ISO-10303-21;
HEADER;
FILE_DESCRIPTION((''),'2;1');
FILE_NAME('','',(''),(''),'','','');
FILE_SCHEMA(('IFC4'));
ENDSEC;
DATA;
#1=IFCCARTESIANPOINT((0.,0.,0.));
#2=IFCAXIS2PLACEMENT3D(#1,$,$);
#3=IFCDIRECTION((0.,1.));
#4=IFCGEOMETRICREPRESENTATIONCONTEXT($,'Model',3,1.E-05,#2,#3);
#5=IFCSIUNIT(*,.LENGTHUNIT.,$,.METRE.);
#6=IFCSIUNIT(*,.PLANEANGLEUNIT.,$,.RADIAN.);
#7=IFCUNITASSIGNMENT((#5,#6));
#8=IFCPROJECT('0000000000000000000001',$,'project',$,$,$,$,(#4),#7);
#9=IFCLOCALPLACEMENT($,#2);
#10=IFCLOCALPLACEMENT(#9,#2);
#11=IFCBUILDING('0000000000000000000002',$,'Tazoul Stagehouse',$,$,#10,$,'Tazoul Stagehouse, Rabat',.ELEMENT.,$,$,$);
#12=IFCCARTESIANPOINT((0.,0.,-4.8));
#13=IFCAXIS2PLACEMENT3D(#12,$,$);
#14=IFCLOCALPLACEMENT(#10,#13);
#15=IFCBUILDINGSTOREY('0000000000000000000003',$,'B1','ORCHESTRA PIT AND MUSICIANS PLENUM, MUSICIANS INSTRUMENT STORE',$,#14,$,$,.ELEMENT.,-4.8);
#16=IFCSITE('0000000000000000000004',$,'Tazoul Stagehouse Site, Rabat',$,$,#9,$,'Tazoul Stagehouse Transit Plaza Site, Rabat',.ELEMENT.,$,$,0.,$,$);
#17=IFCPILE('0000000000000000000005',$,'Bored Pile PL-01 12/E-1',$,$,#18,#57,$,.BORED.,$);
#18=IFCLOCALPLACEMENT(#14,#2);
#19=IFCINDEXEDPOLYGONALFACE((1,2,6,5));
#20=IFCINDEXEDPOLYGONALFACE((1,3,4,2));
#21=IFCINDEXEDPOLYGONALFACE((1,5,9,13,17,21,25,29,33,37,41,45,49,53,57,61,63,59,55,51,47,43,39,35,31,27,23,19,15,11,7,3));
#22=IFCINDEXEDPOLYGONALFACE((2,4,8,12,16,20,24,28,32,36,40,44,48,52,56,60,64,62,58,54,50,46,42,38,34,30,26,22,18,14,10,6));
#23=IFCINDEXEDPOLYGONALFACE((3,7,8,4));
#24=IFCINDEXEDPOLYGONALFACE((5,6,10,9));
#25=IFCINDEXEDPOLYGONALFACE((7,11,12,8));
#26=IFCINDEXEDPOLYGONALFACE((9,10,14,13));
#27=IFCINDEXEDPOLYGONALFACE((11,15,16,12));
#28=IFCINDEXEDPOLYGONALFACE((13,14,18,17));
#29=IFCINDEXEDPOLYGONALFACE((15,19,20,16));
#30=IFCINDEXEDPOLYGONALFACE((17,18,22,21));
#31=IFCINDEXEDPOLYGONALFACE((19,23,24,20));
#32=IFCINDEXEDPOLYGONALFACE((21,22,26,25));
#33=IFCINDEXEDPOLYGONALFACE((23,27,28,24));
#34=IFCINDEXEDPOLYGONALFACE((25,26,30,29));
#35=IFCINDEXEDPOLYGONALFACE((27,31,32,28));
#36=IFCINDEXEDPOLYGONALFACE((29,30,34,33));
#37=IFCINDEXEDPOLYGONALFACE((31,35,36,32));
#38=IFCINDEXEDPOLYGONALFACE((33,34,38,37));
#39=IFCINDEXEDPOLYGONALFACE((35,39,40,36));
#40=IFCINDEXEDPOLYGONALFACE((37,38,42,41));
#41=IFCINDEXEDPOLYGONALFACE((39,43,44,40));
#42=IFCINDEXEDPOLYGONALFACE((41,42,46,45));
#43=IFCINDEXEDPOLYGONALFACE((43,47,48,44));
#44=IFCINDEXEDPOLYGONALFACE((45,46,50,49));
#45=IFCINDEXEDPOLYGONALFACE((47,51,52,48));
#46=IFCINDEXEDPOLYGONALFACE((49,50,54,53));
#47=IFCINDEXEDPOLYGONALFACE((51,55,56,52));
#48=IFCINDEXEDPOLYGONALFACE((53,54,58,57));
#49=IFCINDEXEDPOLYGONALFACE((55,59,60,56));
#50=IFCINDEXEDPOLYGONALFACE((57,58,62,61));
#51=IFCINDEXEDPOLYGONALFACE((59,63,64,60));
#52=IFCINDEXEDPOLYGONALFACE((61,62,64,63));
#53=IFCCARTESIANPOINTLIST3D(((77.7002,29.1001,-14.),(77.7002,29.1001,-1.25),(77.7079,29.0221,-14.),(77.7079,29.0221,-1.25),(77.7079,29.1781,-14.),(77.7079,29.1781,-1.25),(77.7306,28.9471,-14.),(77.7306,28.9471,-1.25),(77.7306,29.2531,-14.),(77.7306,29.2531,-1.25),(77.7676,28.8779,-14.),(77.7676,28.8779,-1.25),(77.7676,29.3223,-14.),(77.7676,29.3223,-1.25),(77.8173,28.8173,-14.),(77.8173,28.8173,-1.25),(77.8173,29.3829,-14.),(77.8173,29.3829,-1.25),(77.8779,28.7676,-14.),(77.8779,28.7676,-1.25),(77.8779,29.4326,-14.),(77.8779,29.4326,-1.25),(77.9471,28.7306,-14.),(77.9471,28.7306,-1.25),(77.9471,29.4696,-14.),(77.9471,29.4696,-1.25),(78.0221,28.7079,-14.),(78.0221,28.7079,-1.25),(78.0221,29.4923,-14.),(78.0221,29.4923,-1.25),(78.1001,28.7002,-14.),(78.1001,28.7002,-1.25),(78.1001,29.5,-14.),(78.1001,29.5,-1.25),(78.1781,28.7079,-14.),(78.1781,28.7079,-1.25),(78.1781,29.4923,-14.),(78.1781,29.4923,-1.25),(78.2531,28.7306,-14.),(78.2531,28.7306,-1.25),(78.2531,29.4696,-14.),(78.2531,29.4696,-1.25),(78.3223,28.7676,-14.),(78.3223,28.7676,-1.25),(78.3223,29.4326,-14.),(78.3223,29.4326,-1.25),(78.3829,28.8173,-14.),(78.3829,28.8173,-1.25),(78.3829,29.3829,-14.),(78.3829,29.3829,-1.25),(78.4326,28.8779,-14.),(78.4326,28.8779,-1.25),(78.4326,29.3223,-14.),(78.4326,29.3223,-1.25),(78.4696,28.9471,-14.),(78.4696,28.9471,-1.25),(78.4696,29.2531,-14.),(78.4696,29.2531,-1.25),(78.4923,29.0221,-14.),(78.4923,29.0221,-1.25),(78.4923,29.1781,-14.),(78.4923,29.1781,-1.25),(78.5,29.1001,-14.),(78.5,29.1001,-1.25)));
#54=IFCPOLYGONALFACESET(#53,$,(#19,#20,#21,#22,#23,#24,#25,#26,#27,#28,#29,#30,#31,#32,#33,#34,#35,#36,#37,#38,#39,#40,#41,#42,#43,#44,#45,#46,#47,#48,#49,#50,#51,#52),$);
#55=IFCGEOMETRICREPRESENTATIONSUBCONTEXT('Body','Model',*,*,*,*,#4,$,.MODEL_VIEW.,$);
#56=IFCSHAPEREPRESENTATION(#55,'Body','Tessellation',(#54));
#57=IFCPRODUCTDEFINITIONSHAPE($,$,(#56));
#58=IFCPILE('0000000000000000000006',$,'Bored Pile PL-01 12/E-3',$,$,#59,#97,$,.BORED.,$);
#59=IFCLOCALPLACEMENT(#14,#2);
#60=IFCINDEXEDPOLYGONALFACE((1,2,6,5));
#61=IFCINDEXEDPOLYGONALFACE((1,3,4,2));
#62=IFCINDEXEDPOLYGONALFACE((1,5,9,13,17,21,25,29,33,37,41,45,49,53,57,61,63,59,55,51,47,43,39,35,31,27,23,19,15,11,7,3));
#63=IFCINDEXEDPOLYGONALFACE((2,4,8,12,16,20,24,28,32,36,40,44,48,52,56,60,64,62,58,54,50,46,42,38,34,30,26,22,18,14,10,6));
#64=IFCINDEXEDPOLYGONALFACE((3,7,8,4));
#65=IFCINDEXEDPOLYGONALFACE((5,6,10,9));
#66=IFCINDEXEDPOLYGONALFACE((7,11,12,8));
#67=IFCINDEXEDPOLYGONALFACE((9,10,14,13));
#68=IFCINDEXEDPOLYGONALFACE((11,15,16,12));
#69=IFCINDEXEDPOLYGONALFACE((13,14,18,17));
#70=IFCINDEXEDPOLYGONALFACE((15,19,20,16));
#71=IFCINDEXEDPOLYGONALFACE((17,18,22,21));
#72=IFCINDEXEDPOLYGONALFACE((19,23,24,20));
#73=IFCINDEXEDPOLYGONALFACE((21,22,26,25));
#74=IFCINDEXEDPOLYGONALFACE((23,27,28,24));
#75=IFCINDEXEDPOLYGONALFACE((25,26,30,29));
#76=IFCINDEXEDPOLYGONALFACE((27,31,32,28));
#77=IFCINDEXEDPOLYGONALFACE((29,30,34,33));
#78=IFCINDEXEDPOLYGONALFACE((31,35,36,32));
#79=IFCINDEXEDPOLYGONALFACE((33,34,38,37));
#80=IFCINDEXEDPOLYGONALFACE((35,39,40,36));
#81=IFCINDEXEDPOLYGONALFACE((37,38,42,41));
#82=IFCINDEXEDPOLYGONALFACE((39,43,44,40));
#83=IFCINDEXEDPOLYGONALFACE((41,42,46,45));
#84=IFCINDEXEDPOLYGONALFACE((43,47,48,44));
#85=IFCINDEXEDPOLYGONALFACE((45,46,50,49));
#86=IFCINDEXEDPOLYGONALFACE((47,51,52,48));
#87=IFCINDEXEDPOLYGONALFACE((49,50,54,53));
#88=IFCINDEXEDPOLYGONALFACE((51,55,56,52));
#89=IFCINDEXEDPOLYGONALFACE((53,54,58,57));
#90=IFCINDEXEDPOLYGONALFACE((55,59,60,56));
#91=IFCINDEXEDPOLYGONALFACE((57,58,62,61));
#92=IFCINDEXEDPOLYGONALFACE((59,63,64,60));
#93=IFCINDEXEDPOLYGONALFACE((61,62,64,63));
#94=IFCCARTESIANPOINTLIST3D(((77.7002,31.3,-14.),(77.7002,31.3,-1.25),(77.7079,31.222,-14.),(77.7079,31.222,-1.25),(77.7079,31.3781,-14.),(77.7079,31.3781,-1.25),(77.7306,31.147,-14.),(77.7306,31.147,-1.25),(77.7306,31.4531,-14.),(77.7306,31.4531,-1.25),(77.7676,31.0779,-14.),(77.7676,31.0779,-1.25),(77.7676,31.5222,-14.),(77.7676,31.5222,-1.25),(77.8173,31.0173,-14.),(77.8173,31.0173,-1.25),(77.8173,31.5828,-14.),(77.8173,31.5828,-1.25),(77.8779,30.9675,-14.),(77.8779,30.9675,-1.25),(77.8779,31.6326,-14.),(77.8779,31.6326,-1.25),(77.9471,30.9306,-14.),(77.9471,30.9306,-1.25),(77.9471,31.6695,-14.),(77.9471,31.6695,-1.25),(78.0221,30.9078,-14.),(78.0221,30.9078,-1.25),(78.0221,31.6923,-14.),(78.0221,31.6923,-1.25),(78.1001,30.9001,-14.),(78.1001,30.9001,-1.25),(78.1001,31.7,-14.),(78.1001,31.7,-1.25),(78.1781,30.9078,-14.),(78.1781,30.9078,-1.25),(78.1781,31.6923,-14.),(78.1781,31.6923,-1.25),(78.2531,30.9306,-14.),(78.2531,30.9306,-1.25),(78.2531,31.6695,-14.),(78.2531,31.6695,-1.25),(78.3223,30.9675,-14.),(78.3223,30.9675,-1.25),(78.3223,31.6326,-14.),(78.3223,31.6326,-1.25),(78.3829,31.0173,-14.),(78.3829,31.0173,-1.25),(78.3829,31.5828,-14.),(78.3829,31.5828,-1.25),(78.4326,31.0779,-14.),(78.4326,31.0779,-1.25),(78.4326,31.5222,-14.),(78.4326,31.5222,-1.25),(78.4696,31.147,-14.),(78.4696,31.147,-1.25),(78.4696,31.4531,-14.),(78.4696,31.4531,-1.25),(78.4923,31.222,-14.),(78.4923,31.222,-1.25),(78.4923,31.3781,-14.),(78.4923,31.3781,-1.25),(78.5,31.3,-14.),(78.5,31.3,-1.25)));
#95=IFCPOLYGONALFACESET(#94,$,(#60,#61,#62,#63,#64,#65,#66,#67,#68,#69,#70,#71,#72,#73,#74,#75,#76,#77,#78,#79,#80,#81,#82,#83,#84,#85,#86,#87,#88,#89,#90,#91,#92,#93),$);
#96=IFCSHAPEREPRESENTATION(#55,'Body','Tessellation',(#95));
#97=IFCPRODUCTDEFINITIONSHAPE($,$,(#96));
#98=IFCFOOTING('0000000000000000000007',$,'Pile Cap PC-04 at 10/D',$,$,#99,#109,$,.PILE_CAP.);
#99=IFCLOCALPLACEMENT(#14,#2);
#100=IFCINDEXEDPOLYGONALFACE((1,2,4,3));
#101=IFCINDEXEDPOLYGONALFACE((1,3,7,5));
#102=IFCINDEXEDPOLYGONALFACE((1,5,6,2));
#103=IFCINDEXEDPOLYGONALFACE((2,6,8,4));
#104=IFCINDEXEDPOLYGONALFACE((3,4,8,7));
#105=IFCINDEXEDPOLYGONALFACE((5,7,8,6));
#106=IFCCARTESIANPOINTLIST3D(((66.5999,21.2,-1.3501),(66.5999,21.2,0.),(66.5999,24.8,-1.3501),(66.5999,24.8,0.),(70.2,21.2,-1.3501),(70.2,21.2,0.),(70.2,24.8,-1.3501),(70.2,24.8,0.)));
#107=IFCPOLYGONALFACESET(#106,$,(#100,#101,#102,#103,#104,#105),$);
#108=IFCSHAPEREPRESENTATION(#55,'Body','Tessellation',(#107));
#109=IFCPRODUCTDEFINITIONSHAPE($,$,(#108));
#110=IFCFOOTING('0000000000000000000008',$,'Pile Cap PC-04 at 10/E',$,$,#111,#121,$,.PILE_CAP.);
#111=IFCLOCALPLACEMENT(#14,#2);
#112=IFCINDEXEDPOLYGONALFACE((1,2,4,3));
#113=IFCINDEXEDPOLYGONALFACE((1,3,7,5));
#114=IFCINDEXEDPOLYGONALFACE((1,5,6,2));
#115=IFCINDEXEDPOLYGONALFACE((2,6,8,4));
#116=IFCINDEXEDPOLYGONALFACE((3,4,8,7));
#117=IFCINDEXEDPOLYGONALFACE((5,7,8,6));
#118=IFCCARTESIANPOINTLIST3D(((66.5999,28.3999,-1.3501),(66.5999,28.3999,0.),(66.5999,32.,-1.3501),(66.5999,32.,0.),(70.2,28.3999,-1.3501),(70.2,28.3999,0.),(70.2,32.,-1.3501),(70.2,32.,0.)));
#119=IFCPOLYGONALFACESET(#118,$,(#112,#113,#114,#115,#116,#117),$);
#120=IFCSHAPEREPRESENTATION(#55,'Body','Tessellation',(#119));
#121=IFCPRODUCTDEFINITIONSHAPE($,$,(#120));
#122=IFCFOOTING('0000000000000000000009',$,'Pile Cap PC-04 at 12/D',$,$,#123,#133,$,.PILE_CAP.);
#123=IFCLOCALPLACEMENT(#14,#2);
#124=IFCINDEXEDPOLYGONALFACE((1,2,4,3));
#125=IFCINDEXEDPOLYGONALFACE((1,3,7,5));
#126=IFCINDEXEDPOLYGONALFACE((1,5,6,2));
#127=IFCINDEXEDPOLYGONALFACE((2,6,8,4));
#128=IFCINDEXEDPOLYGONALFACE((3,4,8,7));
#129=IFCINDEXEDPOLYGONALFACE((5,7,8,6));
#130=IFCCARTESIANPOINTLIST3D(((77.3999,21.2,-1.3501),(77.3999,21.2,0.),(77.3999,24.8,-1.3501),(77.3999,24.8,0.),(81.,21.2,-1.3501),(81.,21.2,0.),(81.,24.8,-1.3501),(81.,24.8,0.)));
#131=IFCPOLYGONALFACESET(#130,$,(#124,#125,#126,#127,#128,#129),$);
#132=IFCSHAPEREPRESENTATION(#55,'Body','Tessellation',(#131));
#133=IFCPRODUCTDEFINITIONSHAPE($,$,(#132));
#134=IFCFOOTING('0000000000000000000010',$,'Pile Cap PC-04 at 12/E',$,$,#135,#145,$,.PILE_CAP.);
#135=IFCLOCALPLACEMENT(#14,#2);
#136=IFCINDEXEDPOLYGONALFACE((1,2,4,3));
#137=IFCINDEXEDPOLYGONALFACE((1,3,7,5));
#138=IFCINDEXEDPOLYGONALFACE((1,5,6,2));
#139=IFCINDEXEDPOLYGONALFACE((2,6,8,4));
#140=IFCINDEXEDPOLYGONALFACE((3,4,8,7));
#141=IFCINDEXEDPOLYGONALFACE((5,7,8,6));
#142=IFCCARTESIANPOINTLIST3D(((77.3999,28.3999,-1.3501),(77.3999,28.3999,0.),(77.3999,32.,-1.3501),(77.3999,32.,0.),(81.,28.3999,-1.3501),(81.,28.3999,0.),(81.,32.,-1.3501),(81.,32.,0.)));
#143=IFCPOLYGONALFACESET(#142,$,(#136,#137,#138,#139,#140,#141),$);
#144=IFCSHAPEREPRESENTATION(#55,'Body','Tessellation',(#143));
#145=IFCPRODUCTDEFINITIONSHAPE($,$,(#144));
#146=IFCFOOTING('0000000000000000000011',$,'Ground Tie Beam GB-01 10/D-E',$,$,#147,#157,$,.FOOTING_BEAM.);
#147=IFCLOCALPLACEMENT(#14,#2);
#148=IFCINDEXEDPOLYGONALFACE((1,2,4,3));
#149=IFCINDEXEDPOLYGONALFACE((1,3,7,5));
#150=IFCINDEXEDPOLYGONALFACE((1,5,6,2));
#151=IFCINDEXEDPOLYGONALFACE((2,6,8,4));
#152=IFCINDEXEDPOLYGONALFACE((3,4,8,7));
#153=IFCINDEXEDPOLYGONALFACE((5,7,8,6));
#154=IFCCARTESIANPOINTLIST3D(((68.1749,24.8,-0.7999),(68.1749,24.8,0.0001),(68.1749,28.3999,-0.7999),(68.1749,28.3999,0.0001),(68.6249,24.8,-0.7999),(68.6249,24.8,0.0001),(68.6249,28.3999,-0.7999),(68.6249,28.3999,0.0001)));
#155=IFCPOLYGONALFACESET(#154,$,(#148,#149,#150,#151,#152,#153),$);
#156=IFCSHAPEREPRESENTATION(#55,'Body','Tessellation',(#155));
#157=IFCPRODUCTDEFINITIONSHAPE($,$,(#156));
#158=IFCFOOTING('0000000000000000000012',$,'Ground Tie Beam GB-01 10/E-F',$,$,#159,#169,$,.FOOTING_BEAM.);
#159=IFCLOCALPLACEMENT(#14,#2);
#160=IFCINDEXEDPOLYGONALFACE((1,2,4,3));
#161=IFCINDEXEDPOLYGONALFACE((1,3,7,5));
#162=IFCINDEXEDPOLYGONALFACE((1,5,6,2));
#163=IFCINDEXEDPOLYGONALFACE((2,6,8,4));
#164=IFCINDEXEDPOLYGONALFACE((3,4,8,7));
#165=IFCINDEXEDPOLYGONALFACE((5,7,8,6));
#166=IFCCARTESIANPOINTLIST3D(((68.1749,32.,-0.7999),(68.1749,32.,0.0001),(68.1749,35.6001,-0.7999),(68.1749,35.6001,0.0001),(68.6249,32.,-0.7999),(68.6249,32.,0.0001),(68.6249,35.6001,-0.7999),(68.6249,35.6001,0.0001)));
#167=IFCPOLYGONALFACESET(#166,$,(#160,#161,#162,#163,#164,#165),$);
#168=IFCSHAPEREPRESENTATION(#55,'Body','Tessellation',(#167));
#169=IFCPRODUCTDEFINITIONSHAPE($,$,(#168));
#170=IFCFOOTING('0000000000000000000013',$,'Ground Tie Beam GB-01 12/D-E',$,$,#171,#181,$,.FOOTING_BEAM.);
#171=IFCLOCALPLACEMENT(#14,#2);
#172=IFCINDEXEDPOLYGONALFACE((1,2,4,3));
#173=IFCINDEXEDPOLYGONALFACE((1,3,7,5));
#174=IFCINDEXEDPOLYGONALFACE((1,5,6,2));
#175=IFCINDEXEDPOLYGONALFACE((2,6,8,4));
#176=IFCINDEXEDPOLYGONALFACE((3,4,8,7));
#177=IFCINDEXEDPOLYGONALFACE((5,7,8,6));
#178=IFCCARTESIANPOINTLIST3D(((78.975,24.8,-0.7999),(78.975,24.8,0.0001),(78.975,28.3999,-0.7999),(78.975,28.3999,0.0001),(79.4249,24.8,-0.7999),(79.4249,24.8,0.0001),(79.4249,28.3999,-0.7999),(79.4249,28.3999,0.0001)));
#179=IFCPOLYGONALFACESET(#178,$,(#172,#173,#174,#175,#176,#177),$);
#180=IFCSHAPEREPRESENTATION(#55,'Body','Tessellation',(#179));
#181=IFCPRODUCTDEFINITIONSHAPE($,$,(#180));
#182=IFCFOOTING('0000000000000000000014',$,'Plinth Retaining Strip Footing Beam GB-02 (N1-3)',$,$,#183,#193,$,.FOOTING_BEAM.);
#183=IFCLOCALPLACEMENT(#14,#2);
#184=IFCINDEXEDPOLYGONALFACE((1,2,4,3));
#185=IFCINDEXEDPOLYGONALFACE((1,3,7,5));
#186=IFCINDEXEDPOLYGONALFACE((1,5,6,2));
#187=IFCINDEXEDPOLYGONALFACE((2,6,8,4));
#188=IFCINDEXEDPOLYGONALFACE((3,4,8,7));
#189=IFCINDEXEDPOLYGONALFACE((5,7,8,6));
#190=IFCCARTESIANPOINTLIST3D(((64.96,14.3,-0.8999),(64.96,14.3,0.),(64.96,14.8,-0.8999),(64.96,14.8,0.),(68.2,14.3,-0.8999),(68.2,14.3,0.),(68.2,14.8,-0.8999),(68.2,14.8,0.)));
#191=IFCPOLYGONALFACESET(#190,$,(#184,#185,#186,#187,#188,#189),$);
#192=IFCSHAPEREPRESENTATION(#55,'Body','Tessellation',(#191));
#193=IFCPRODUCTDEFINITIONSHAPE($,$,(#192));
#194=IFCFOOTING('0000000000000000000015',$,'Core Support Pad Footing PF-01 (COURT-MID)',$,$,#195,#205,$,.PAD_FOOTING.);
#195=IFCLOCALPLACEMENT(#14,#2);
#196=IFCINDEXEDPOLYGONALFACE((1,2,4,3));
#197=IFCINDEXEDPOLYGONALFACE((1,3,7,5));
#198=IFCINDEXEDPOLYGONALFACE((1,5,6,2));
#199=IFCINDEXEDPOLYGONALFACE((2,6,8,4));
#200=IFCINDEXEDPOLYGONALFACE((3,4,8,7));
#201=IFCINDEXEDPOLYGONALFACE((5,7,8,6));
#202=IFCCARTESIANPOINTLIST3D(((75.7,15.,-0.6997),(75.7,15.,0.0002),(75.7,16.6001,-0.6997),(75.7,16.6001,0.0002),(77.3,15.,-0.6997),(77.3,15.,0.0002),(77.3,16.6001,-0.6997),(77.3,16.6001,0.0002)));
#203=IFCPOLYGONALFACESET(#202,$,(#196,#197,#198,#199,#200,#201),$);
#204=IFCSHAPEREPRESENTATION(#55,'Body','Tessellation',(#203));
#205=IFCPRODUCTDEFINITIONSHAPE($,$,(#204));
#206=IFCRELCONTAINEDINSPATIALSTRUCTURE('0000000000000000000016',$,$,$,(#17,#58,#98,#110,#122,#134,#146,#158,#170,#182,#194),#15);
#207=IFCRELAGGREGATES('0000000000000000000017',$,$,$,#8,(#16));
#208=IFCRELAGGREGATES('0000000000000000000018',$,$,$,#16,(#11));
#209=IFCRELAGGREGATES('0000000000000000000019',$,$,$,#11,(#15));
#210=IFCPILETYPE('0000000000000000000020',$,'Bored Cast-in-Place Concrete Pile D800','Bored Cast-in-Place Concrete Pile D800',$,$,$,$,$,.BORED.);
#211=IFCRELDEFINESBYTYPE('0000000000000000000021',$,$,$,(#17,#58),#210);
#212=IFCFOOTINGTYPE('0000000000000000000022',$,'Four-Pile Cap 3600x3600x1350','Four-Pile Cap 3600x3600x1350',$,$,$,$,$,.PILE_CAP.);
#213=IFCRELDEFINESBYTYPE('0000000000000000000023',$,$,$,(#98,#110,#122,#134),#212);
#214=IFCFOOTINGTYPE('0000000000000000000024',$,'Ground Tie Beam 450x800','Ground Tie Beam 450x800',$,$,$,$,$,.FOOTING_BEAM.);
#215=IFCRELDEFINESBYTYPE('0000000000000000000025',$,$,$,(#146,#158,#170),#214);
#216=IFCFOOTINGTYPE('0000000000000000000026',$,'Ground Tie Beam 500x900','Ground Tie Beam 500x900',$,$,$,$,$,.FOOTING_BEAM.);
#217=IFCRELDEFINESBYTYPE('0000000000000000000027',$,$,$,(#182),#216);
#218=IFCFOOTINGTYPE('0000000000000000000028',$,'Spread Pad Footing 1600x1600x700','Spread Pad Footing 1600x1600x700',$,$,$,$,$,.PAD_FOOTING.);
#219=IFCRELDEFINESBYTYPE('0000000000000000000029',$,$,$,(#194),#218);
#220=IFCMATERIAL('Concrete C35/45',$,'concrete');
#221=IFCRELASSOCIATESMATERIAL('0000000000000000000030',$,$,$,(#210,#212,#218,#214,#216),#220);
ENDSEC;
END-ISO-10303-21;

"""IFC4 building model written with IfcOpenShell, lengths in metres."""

from ifc_helpers import new_model, si_unit, direction, frame, origin, origin_2d, place, context, subcontext, project, spatial, rectangle, circle, extrude, material, material_profile, profile_set, type_object, element, save


model = new_model("IFC4")

# Units and contexts
model_context = context("Model", 3, precision=1e-05, world=origin(), true_north=direction((0.0, 1.0)))
body_context = subcontext(model_context, "Body", "Model", "MODEL_VIEW")
ifc_project = project(units=[si_unit("LENGTHUNIT", "METRE"), si_unit("PLANEANGLEUNIT", "RADIAN")], contexts=[model_context])

# Site, building, storey
site_placement = place(None, origin())
site = spatial("IfcSite", under=ifc_project, at=site_placement, Name="Tazoul Stagehouse Site, Rabat", LongName="Tazoul Stagehouse Transit Plaza Site, Rabat", CompositionType="ELEMENT", RefElevation=0.0)
building_placement = place(site_placement, origin())
building = spatial("IfcBuilding", under=site, at=building_placement, Name="Tazoul Stagehouse", LongName="Tazoul Stagehouse, Rabat", CompositionType="ELEMENT")
storey_placement = place(building_placement, frame((0.0, 0.0, -4.8)))
storey = spatial("IfcBuildingStorey", under=building, at=storey_placement, Name="B1", Description="ORCHESTRA PIT AND MUSICIANS PLENUM, MUSICIANS INSTRUMENT STORE", CompositionType="ELEMENT", Elevation=-4.8)

# Piles
ifc_material_1 = material(Name="Concrete C35/45", Category="concrete")
ifc_material_profile_1 = material_profile(ifc_material_1, circle(Radius=0.3999, at=origin_2d()), Name="BORED PILE 800")
ifc_profile_set_1 = profile_set([ifc_material_profile_1], Name="Concrete C35/45")
pile_type = type_object("IfcPileType", Name="Bored Cast-in-Place Concrete Pile D800", Description="Bored Cast-in-Place Concrete Pile D800", PredefinedType="BORED", material=ifc_profile_set_1)
for number, where, z_axis, x_axis, name in (
    (1, (78.1001, 29.1001, -1.25), (0.0, 0.0, -1.0), (1.0, 0.0, 0.0), "Bored Pile PL-01 12/E-1"),
    (2, (78.1001, 31.3, -1.25), (0.0, 0.0, -1.0), (1.0, 0.0, 0.0), "Bored Pile PL-01 12/E-3"),
):
    element("IfcPile", number, at=place(storey_placement, frame(where, z_axis=z_axis, x_axis=x_axis)), inside=storey, type_object=pile_type, Name=name, PredefinedType="BORED", context=body_context, shape_type="SweptSolid", body=[
        extrude(circle(Radius=0.3999, at=origin_2d()), origin(), (0.0, 0.0, 1.0), 12.75),
    ])

# Footings
footing_type_1 = type_object("IfcFootingType", Name="Four-Pile Cap 3600x3600x1350", Description="Four-Pile Cap 3600x3600x1350", PredefinedType="PILE_CAP", material=ifc_material_1)
for number, where, z_axis, x_axis, name in (
    (3, (68.3999, 23.0, -1.3501), (0.0, 0.0, 1.0), (1.0, 0.0, 0.0), "Pile Cap PC-04 at 10/D"),
    (4, (68.3999, 30.2, -1.3501), (0.0, 0.0, 1.0), (1.0, 0.0, 0.0), "Pile Cap PC-04 at 10/E"),
    (5, (79.2, 23.0, -1.3501), (0.0, 0.0, 1.0), (1.0, 0.0, 0.0), "Pile Cap PC-04 at 12/D"),
    (6, (79.2, 30.2, -1.3501), (0.0, 0.0, 1.0), (1.0, 0.0, 0.0), "Pile Cap PC-04 at 12/E"),
):
    element("IfcFooting", number, at=place(storey_placement, frame(where, z_axis=z_axis, x_axis=x_axis)), inside=storey, type_object=footing_type_1, Name=name, PredefinedType="PILE_CAP", context=body_context, shape_type="SweptSolid", body=[
        extrude(rectangle(XDim=3.6001, YDim=3.6001, at=origin_2d()), origin(), (0.0, 0.0, 1.0), 1.3501),
    ])
ifc_material_profile_2 = material_profile(ifc_material_1, rectangle(XDim=0.45, YDim=0.8, at=origin_2d()), Name="RC 450x800")
ifc_profile_set_2 = profile_set([ifc_material_profile_2], Name="Concrete C35/45")
footing_type_2 = type_object("IfcFootingType", Name="Ground Tie Beam 450x800", Description="Ground Tie Beam 450x800", PredefinedType="FOOTING_BEAM", material=ifc_profile_set_2)
footing_1_placement = place(storey_placement, frame((68.3999, 24.8, -0.3999), z_axis=(0.0, 1.0, 0.0), x_axis=(-1.0, 0.0, 0.0)))
element("IfcFooting", 7, at=footing_1_placement, inside=storey, type_object=footing_type_2, Name="Ground Tie Beam GB-01 10/D-E", PredefinedType="FOOTING_BEAM", context=body_context, shape_type="SweptSolid", body=[
    extrude(rectangle(XDim=0.45, YDim=0.8, at=origin_2d()), origin(), (0.0, 0.0, 1.0), 3.5999),
])
footing_2_placement = place(storey_placement, frame((68.3999, 32.0, -0.3999), z_axis=(0.0, 1.0, 0.0), x_axis=(-1.0, 0.0, 0.0)))
element("IfcFooting", 8, at=footing_2_placement, inside=storey, type_object=footing_type_2, Name="Ground Tie Beam GB-01 10/E-F", PredefinedType="FOOTING_BEAM", context=body_context, shape_type="SweptSolid", body=[
    extrude(rectangle(XDim=0.45, YDim=0.8, at=origin_2d()), origin(), (0.0, 0.0, 1.0), 3.6001),
])
footing_3_placement = place(storey_placement, frame((79.2, 24.8, -0.3999), z_axis=(0.0, 1.0, 0.0), x_axis=(-1.0, 0.0, 0.0)))
element("IfcFooting", 9, at=footing_3_placement, inside=storey, type_object=footing_type_2, Name="Ground Tie Beam GB-01 12/D-E", PredefinedType="FOOTING_BEAM", context=body_context, shape_type="SweptSolid", body=[
    extrude(rectangle(XDim=0.45, YDim=0.8, at=origin_2d()), origin(), (0.0, 0.0, 1.0), 3.5999),
])
ifc_material_profile_3 = material_profile(ifc_material_1, rectangle(XDim=0.5, YDim=0.8999, at=origin_2d()), Name="RC 500x900")
ifc_profile_set_3 = profile_set([ifc_material_profile_3], Name="Concrete C35/45")
footing_type_3 = type_object("IfcFootingType", Name="Ground Tie Beam 500x900", Description="Ground Tie Beam 500x900", PredefinedType="FOOTING_BEAM", material=ifc_profile_set_3)
footing_4_placement = place(storey_placement, frame((64.96, 14.55, -0.45), z_axis=(1.0, 0.0, 0.0), x_axis=(0.0, 1.0, 0.0)))
element("IfcFooting", 10, at=footing_4_placement, inside=storey, type_object=footing_type_3, Name="Plinth Retaining Strip Footing Beam GB-02 (N1-3)", PredefinedType="FOOTING_BEAM", context=body_context, shape_type="SweptSolid", body=[
    extrude(rectangle(XDim=0.5, YDim=0.8999, at=origin_2d()), origin(), (0.0, 0.0, 1.0), 3.24),
])
footing_type_4 = type_object("IfcFootingType", Name="Spread Pad Footing 1600x1600x700", Description="Spread Pad Footing 1600x1600x700", PredefinedType="PAD_FOOTING", material=ifc_material_1)
for number, where, z_axis, x_axis, name in (
    (11, (76.5, 15.8, -0.6997), (0.0, 0.0, 1.0), (1.0, 0.0, 0.0), "Core Support Pad Footing PF-01 (COURT-MID)"),
):
    element("IfcFooting", number, at=place(storey_placement, frame(where, z_axis=z_axis, x_axis=x_axis)), inside=storey, type_object=footing_type_4, Name=name, PredefinedType="PAD_FOOTING", context=body_context, shape_type="SweptSolid", body=[
        extrude(rectangle(XDim=1.6001, YDim=1.6001, at=origin_2d()), origin(), (0.0, 0.0, 1.0), 0.7),
    ])

save(model, "model.ifc")
